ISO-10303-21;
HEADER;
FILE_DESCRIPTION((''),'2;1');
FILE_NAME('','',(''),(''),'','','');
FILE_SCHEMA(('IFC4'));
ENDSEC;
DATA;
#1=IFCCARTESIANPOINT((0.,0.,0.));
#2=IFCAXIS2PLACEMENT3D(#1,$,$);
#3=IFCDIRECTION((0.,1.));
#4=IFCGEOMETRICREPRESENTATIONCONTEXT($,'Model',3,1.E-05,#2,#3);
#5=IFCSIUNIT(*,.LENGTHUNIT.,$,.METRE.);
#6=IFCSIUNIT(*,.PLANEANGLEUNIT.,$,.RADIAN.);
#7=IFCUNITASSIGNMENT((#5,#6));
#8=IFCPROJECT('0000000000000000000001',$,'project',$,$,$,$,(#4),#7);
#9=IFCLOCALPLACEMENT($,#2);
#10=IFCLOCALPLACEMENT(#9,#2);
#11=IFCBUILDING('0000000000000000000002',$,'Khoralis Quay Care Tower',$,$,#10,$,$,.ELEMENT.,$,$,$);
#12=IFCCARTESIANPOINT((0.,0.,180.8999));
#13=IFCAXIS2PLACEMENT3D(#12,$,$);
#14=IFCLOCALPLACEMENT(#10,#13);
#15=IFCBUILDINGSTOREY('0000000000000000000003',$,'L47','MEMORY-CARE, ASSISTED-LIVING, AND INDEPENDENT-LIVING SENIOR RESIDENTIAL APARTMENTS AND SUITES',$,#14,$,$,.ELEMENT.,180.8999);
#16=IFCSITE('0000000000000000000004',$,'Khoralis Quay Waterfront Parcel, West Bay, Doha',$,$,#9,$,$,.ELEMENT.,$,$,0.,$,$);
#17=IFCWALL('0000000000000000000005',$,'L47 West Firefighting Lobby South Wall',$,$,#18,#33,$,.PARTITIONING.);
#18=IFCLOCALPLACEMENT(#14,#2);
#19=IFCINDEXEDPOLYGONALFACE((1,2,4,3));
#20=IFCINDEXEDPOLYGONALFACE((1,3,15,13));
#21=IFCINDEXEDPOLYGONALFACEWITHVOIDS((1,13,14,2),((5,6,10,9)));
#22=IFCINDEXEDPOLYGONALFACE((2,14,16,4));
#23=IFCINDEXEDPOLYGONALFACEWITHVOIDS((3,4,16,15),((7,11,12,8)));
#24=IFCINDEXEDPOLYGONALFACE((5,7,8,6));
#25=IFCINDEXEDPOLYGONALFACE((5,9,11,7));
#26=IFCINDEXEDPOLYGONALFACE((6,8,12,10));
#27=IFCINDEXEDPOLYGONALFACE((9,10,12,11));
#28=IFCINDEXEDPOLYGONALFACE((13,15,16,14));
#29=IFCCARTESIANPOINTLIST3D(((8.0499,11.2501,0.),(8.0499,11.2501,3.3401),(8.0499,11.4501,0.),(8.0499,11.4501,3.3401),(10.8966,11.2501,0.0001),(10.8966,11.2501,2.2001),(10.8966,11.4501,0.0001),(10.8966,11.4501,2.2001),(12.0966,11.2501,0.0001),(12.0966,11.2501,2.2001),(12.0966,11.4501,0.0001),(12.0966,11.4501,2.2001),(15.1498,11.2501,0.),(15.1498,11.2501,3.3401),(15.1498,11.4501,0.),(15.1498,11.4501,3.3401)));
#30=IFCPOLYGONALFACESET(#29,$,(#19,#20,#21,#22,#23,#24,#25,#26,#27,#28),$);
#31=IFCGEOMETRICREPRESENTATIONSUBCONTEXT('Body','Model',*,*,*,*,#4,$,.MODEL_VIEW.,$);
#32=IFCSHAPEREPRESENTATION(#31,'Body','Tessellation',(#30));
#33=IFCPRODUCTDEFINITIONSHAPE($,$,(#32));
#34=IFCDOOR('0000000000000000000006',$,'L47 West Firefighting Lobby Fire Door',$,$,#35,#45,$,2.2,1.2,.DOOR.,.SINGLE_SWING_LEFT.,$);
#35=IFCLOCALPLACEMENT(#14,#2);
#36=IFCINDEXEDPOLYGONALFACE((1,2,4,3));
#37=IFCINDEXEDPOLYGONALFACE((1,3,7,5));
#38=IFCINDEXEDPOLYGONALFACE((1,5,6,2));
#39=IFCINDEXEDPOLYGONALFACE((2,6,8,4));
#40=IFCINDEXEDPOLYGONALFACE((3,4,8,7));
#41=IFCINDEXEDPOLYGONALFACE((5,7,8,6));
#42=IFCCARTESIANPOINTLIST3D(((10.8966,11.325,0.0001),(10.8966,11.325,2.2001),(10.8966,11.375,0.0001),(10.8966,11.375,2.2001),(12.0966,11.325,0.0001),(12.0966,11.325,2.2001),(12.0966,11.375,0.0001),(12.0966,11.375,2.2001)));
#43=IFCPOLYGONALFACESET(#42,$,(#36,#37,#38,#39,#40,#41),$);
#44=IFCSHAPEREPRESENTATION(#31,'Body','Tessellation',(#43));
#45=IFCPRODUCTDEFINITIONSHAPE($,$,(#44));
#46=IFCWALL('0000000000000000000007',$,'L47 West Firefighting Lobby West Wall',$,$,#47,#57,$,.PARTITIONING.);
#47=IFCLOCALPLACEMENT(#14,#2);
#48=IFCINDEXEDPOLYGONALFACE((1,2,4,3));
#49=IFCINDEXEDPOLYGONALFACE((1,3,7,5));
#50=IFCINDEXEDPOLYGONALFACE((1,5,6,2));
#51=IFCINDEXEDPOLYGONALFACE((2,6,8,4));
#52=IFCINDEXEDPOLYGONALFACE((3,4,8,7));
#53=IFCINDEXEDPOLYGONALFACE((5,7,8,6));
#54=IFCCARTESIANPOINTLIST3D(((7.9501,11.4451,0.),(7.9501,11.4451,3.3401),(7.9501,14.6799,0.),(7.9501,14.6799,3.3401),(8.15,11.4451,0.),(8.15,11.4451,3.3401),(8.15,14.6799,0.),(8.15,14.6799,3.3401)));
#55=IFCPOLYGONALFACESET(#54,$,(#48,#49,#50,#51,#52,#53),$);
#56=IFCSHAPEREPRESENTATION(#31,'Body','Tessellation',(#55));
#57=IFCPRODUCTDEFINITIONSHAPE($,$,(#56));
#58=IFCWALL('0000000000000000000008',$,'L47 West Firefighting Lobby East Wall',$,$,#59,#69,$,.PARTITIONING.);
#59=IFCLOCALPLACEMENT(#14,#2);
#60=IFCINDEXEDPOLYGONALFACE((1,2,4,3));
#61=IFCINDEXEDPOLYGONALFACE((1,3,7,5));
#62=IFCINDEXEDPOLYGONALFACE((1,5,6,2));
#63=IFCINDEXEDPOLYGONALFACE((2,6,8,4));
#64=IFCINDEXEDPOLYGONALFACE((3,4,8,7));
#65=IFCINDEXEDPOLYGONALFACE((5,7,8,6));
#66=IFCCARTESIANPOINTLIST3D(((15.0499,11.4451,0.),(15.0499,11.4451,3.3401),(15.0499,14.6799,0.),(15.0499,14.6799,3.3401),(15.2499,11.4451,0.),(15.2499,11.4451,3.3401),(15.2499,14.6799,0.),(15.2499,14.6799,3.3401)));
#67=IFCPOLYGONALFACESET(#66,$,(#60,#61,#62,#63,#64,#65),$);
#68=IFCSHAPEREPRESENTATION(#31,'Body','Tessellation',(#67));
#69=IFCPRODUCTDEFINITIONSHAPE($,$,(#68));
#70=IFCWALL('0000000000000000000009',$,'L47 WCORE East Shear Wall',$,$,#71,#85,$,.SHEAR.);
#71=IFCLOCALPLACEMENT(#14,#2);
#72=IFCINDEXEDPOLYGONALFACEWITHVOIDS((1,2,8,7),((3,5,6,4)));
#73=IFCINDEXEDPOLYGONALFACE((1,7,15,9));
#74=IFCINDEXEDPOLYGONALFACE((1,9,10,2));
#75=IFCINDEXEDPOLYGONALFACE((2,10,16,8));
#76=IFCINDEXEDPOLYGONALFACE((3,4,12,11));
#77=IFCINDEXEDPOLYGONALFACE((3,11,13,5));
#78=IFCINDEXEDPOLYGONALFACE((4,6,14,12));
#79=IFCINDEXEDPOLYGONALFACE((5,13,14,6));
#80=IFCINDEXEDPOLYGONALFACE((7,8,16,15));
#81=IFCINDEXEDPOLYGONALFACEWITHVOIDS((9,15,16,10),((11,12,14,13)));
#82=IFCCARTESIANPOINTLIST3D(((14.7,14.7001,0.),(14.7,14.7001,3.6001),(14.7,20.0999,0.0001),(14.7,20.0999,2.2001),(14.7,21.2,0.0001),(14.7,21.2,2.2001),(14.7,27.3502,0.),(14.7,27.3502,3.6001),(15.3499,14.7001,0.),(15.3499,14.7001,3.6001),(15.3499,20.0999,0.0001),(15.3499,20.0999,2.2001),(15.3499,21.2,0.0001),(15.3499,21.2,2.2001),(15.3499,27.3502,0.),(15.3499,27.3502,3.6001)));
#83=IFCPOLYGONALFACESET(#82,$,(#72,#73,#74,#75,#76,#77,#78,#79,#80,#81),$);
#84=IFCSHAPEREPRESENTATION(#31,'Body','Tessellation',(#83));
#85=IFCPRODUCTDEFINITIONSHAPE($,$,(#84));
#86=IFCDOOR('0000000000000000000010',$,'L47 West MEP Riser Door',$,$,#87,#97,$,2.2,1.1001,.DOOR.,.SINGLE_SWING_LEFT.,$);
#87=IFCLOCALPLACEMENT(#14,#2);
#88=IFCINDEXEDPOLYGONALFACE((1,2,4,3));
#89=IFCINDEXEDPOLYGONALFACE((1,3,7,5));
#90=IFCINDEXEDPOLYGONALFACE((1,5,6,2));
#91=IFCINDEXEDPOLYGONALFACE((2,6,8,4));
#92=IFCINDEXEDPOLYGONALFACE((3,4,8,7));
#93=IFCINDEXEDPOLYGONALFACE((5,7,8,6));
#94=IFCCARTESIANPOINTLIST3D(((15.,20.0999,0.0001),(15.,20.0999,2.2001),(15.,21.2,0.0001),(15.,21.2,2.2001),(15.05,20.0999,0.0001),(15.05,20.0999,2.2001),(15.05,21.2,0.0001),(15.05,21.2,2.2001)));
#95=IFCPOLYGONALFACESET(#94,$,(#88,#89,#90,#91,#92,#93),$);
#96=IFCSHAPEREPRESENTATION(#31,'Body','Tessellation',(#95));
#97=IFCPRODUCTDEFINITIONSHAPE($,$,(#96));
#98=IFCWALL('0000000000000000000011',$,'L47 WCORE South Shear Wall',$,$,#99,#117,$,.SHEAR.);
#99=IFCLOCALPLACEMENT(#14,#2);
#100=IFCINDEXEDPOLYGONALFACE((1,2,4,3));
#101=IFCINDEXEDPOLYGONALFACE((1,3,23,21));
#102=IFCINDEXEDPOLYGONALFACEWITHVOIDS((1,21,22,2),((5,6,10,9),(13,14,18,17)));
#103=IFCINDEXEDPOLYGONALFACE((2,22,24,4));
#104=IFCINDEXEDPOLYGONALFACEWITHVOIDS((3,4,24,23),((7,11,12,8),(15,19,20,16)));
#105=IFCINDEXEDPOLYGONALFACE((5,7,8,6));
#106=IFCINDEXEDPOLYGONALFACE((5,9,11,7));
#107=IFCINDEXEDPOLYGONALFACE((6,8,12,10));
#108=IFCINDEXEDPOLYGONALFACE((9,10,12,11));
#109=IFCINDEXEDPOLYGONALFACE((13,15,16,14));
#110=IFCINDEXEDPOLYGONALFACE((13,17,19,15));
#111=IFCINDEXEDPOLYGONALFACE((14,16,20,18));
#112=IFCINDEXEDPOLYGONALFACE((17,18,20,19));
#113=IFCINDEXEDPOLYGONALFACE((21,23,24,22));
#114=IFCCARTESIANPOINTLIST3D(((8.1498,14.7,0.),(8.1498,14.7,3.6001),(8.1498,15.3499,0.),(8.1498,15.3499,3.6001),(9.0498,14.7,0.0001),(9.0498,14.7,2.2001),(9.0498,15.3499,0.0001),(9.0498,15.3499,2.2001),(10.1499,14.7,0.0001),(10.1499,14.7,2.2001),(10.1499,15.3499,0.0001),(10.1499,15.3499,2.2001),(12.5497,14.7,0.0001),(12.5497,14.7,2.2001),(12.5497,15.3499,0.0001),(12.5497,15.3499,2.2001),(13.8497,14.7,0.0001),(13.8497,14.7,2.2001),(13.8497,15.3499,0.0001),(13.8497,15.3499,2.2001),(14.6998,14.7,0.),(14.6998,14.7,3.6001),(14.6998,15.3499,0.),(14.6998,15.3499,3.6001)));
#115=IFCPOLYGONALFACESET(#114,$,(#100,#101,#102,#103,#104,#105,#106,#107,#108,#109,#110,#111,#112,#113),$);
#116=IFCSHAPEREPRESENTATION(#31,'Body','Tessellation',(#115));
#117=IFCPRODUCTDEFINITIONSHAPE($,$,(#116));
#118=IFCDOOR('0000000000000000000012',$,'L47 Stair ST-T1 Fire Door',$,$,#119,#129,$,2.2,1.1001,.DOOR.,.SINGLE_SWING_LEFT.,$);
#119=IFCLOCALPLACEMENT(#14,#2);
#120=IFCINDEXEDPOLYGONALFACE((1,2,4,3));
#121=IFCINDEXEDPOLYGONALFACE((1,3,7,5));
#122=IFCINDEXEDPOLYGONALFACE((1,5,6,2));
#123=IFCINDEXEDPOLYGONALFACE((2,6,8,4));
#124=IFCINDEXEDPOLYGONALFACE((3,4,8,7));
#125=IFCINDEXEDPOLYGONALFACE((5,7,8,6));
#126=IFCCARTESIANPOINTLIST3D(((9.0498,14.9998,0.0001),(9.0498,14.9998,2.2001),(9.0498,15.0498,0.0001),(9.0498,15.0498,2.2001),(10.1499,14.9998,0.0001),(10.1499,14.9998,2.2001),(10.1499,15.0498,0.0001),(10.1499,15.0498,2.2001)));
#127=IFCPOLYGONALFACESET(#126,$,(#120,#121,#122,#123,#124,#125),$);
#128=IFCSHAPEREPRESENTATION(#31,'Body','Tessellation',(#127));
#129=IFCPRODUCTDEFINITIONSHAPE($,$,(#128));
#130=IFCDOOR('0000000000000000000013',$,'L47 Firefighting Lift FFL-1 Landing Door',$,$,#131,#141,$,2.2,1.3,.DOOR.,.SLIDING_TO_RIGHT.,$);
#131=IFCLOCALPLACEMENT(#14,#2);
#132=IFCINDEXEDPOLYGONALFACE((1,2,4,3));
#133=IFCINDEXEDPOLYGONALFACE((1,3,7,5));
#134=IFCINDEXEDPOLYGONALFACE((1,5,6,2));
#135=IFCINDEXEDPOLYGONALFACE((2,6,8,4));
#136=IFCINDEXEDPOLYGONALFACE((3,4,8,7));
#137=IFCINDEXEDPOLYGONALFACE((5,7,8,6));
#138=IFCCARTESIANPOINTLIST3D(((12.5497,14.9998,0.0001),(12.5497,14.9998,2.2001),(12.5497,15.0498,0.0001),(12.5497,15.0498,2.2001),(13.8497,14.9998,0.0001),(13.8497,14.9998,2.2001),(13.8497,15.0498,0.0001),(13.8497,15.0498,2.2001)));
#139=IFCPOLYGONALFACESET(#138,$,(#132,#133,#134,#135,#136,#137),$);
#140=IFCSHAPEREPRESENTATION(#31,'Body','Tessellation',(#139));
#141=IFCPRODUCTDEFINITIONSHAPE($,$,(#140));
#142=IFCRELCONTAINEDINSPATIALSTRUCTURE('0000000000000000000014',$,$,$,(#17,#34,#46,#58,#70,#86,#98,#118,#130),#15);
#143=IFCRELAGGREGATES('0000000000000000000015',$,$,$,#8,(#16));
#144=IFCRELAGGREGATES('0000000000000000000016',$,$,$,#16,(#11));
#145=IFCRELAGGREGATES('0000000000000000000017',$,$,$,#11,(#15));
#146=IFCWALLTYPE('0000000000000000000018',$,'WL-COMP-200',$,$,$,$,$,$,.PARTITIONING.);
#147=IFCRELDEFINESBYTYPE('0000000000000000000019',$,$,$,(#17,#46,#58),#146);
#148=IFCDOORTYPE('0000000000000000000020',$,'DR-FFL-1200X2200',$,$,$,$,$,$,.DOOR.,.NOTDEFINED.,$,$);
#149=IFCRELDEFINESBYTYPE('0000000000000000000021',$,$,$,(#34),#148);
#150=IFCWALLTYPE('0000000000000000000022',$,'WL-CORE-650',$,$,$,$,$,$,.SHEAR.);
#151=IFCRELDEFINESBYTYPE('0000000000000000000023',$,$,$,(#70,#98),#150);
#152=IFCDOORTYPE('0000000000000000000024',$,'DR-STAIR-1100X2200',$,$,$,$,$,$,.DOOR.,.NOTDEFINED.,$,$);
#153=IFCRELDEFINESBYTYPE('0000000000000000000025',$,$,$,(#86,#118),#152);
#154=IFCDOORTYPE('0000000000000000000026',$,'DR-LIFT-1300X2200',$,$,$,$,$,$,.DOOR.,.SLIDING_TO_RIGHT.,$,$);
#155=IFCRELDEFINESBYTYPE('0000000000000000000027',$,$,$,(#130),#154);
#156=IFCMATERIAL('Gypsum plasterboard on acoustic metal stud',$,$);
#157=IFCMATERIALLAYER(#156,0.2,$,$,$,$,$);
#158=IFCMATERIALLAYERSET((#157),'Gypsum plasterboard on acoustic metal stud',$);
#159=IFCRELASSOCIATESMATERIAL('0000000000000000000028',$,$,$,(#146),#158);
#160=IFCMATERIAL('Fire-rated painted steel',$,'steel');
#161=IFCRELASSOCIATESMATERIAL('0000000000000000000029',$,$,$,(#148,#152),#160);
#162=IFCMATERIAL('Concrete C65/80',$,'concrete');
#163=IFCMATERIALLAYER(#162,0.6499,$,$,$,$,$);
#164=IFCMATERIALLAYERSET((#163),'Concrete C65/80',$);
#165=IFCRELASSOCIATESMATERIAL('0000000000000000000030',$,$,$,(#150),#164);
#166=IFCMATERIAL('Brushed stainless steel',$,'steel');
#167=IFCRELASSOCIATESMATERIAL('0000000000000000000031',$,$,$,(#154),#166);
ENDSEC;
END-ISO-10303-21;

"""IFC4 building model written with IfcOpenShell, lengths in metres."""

from ifc_helpers import new_model, si_unit, direction, frame, frame_2d, origin, place, context, subcontext, project, spatial, rectangle, extrude, source, transform, mapped, material, layer, layer_set, type_object, element, fill, save


model = new_model("IFC4")

# Units and contexts
model_context = context("Model", 3, precision=1e-05, world=origin(), true_north=direction((0.0, 1.0)))
body_context = subcontext(model_context, "Body", "Model", "MODEL_VIEW")
ifc_project = project(units=[si_unit("LENGTHUNIT", "METRE"), si_unit("PLANEANGLEUNIT", "RADIAN")], contexts=[model_context])

# Site, building, storey
site_placement = place(None, origin())
site = spatial("IfcSite", under=ifc_project, at=site_placement, Name="Khoralis Quay Waterfront Parcel, West Bay, Doha", CompositionType="ELEMENT", RefElevation=0.0)
building_placement = place(site_placement, origin())
building = spatial("IfcBuilding", under=site, at=building_placement, Name="Khoralis Quay Care Tower", CompositionType="ELEMENT")
storey_placement = place(building_placement, frame((0.0, 0.0, 180.8999)))
storey = spatial("IfcBuildingStorey", under=building, at=storey_placement, Name="L47", Description="MEMORY-CARE, ASSISTED-LIVING, AND INDEPENDENT-LIVING SENIOR RESIDENTIAL APARTMENTS AND SUITES", CompositionType="ELEMENT", Elevation=180.8999)

# Shared definitions
ifc_material_1 = material(Name="Concrete C65/80", Category="concrete")

# Wall, opening, door
ifc_material_2 = material(Name="Gypsum plasterboard on acoustic metal stud")
ifc_layer_1 = layer(ifc_material_2, 0.2)
ifc_layer_set_1 = layer_set([ifc_layer_1], Name="Gypsum plasterboard on acoustic metal stud")
wall_type_1 = type_object("IfcWallType", Name="WL-COMP-200", PredefinedType="PARTITIONING", material=ifc_layer_set_1)
wall_1_placement = place(storey_placement, frame((8.05, 11.3501, 0.0), z_axis=(0.0, 0.0, 1.0), x_axis=(1.0, 0.0, 0.0)))
wall_1 = element("IfcWall", 1, at=wall_1_placement, inside=storey, type_object=wall_type_1, Name="L47 West Firefighting Lobby South Wall", PredefinedType="PARTITIONING", context=body_context, shape_type="SweptSolid", body=[
    extrude(rectangle(XDim=7.0999, YDim=0.2, at=frame_2d((3.5498, 0.0))), origin(), (0.0, 0.0, 1.0), 3.3401),
])
opening_1_placement = place(wall_1_placement, frame((2.8464, 0.0, 0.0)))
opening_1 = element("IfcOpeningElement", 2, at=opening_1_placement, cuts=wall_1, PredefinedType="OPENING", context=body_context, shape_type="SweptSolid", body=[
    extrude(rectangle(XDim=1.2, YDim=2.2, at=frame_2d((0.6001, 1.1001))), frame((0.0, 0.1099, 0.0), z_axis=(0.0, -1.0, 0.0), x_axis=(1.0, 0.0, 0.0)), (0.0, 0.0, 1.0), 0.22),
])
ifc_material_3 = material(Name="Fire-rated painted steel", Category="steel")
door_type_1 = type_object("IfcDoorType", Name="DR-FFL-1200X2200", OperationType="NOTDEFINED", PredefinedType="DOOR", material=ifc_material_3)
shared_shape_1 = source(origin(), body_context, "Body", "SweptSolid", [
    extrude(rectangle(XDim=1.2, YDim=2.2, at=frame_2d((0.6001, 1.1001))), frame((0.0, 0.0249, 0.0), z_axis=(0.0, -1.0, 0.0), x_axis=(1.0, 0.0, 0.0)), (0.0, 0.0, 1.0), 0.05),
])
door_1_placement = place(opening_1_placement, origin())
door_1 = element("IfcDoor", 3, at=door_1_placement, inside=storey, type_object=door_type_1, Name="L47 West Firefighting Lobby Fire Door", OperationType="SINGLE_SWING_LEFT", OverallHeight=2.2, OverallWidth=1.2, PredefinedType="DOOR", context=body_context, shape_type="MappedRepresentation", body=[
    mapped(shared_shape_1, transform((0.0, 0.0, 0.0), scale=1.0)),
])
fill(opening_1, door_1)

# Walls
for number, where, z_axis, x_axis, name in (
    (4, (8.05, 11.4451, 0.0), (0.0, 0.0, 1.0), (0.0, 1.0, 0.0), "L47 West Firefighting Lobby West Wall"),
    (5, (15.1499, 11.4451, 0.0), (0.0, 0.0, 1.0), (0.0, 1.0, 0.0), "L47 West Firefighting Lobby East Wall"),
):
    element("IfcWall", number, at=place(storey_placement, frame(where, z_axis=z_axis, x_axis=x_axis)), inside=storey, type_object=wall_type_1, Name=name, PredefinedType="PARTITIONING", context=body_context, shape_type="SweptSolid", body=[
        extrude(rectangle(XDim=3.2349, YDim=0.2, at=frame_2d((1.6174, 0.0))), origin(), (0.0, 0.0, 1.0), 3.3401),
    ])

# Wall, opening, door
ifc_layer_2 = layer(ifc_material_1, 0.6499)
ifc_layer_set_2 = layer_set([ifc_layer_2], Name="Concrete C65/80")
wall_type_2 = type_object("IfcWallType", Name="WL-CORE-650", PredefinedType="SHEAR", material=ifc_layer_set_2)
wall_2_placement = place(storey_placement, frame((15.0249, 14.7, 0.0), z_axis=(0.0, 0.0, 1.0), x_axis=(0.0, 1.0, 0.0)))
wall_2 = element("IfcWall", 6, at=wall_2_placement, inside=storey, type_object=wall_type_2, Name="L47 WCORE East Shear Wall", PredefinedType="SHEAR", context=body_context, shape_type="SweptSolid", body=[
    extrude(rectangle(XDim=12.6501, YDim=0.6499, at=frame_2d((6.3252, 0.0))), origin(), (0.0, 0.0, 1.0), 3.6001),
])
opening_2_placement = place(wall_2_placement, frame((5.3999, 0.0, 0.0)))
opening_2 = element("IfcOpeningElement", 7, at=opening_2_placement, cuts=wall_2, PredefinedType="OPENING", context=body_context, shape_type="SweptSolid", body=[
    extrude(rectangle(XDim=1.1001, YDim=2.2, at=frame_2d((0.55, 1.1001))), frame((0.0, 0.335, 0.0), z_axis=(0.0, -1.0, 0.0), x_axis=(1.0, 0.0, 0.0)), (0.0, 0.0, 1.0), 0.6699),
])
door_type_2 = type_object("IfcDoorType", Name="DR-STAIR-1100X2200", OperationType="NOTDEFINED", PredefinedType="DOOR", material=ifc_material_3)
shared_shape_2 = source(origin(), body_context, "Body", "SweptSolid", [
    extrude(rectangle(XDim=1.1001, YDim=2.2, at=frame_2d((0.55, 1.1001))), frame((0.0, 0.0249, 0.0), z_axis=(0.0, -1.0, 0.0), x_axis=(1.0, 0.0, 0.0)), (0.0, 0.0, 1.0), 0.05),
])
door_2_placement = place(opening_2_placement, origin())
door_2 = element("IfcDoor", 8, at=door_2_placement, inside=storey, type_object=door_type_2, Name="L47 West MEP Riser Door", OperationType="SINGLE_SWING_LEFT", OverallHeight=2.2, OverallWidth=1.1001, PredefinedType="DOOR", context=body_context, shape_type="MappedRepresentation", body=[
    mapped(shared_shape_2, transform((0.0, 0.0, 0.0), scale=1.0)),
])
fill(opening_2, door_2)

# Wall, openings, doors
wall_3_placement = place(storey_placement, frame((8.1499, 15.0249, 0.0), z_axis=(0.0, 0.0, 1.0), x_axis=(1.0, 0.0, 0.0)))
wall_3 = element("IfcWall", 9, at=wall_3_placement, inside=storey, type_object=wall_type_2, Name="L47 WCORE South Shear Wall", PredefinedType="SHEAR", context=body_context, shape_type="SweptSolid", body=[
    extrude(rectangle(XDim=6.55, YDim=0.6499, at=frame_2d((3.2749, 0.0))), origin(), (0.0, 0.0, 1.0), 3.6001),
])
opening_3_placement = place(wall_3_placement, frame((0.8999, 0.0, 0.0)))
opening_3 = element("IfcOpeningElement", 10, at=opening_3_placement, cuts=wall_3, PredefinedType="OPENING", context=body_context, shape_type="SweptSolid", body=[
    extrude(rectangle(XDim=1.1001, YDim=2.2, at=frame_2d((0.55, 1.1001))), frame((0.0, 0.335, 0.0), z_axis=(0.0, -1.0, 0.0), x_axis=(1.0, 0.0, 0.0)), (0.0, 0.0, 1.0), 0.6699),
])
opening_4_placement = place(wall_3_placement, frame((4.3999, 0.0, 0.0)))
opening_4 = element("IfcOpeningElement", 11, at=opening_4_placement, cuts=wall_3, PredefinedType="OPENING", context=body_context, shape_type="SweptSolid", body=[
    extrude(rectangle(XDim=1.3, YDim=2.2, at=frame_2d((0.6499, 1.1001))), frame((0.0, 0.335, 0.0), z_axis=(0.0, -1.0, 0.0), x_axis=(1.0, 0.0, 0.0)), (0.0, 0.0, 1.0), 0.6699),
])
door_3_placement = place(opening_3_placement, origin())
door_3 = element("IfcDoor", 12, at=door_3_placement, inside=storey, type_object=door_type_2, Name="L47 Stair ST-T1 Fire Door", OperationType="SINGLE_SWING_LEFT", OverallHeight=2.2, OverallWidth=1.1001, PredefinedType="DOOR", context=body_context, shape_type="MappedRepresentation", body=[
    mapped(shared_shape_2, transform((0.0, 0.0, 0.0), scale=1.0)),
])
fill(opening_3, door_3)
ifc_material_4 = material(Name="Brushed stainless steel", Category="steel")
door_type_3 = type_object("IfcDoorType", Name="DR-LIFT-1300X2200", OperationType="SLIDING_TO_RIGHT", PredefinedType="DOOR", material=ifc_material_4)
shared_shape_3 = source(origin(), body_context, "Body", "SweptSolid", [
    extrude(rectangle(XDim=1.3, YDim=2.2, at=frame_2d((0.6499, 1.1001))), frame((0.0, 0.0249, 0.0), z_axis=(0.0, -1.0, 0.0), x_axis=(1.0, 0.0, 0.0)), (0.0, 0.0, 1.0), 0.05),
])
door_4_placement = place(opening_4_placement, origin())
door_4 = element("IfcDoor", 13, at=door_4_placement, inside=storey, type_object=door_type_3, Name="L47 Firefighting Lift FFL-1 Landing Door", OperationType="SLIDING_TO_RIGHT", OverallHeight=2.2, OverallWidth=1.3, PredefinedType="DOOR", context=body_context, shape_type="MappedRepresentation", body=[
    mapped(shared_shape_3, transform((0.0, 0.0, 0.0), scale=1.0)),
])
fill(opening_4, door_4)

save(model, "model.ifc")
